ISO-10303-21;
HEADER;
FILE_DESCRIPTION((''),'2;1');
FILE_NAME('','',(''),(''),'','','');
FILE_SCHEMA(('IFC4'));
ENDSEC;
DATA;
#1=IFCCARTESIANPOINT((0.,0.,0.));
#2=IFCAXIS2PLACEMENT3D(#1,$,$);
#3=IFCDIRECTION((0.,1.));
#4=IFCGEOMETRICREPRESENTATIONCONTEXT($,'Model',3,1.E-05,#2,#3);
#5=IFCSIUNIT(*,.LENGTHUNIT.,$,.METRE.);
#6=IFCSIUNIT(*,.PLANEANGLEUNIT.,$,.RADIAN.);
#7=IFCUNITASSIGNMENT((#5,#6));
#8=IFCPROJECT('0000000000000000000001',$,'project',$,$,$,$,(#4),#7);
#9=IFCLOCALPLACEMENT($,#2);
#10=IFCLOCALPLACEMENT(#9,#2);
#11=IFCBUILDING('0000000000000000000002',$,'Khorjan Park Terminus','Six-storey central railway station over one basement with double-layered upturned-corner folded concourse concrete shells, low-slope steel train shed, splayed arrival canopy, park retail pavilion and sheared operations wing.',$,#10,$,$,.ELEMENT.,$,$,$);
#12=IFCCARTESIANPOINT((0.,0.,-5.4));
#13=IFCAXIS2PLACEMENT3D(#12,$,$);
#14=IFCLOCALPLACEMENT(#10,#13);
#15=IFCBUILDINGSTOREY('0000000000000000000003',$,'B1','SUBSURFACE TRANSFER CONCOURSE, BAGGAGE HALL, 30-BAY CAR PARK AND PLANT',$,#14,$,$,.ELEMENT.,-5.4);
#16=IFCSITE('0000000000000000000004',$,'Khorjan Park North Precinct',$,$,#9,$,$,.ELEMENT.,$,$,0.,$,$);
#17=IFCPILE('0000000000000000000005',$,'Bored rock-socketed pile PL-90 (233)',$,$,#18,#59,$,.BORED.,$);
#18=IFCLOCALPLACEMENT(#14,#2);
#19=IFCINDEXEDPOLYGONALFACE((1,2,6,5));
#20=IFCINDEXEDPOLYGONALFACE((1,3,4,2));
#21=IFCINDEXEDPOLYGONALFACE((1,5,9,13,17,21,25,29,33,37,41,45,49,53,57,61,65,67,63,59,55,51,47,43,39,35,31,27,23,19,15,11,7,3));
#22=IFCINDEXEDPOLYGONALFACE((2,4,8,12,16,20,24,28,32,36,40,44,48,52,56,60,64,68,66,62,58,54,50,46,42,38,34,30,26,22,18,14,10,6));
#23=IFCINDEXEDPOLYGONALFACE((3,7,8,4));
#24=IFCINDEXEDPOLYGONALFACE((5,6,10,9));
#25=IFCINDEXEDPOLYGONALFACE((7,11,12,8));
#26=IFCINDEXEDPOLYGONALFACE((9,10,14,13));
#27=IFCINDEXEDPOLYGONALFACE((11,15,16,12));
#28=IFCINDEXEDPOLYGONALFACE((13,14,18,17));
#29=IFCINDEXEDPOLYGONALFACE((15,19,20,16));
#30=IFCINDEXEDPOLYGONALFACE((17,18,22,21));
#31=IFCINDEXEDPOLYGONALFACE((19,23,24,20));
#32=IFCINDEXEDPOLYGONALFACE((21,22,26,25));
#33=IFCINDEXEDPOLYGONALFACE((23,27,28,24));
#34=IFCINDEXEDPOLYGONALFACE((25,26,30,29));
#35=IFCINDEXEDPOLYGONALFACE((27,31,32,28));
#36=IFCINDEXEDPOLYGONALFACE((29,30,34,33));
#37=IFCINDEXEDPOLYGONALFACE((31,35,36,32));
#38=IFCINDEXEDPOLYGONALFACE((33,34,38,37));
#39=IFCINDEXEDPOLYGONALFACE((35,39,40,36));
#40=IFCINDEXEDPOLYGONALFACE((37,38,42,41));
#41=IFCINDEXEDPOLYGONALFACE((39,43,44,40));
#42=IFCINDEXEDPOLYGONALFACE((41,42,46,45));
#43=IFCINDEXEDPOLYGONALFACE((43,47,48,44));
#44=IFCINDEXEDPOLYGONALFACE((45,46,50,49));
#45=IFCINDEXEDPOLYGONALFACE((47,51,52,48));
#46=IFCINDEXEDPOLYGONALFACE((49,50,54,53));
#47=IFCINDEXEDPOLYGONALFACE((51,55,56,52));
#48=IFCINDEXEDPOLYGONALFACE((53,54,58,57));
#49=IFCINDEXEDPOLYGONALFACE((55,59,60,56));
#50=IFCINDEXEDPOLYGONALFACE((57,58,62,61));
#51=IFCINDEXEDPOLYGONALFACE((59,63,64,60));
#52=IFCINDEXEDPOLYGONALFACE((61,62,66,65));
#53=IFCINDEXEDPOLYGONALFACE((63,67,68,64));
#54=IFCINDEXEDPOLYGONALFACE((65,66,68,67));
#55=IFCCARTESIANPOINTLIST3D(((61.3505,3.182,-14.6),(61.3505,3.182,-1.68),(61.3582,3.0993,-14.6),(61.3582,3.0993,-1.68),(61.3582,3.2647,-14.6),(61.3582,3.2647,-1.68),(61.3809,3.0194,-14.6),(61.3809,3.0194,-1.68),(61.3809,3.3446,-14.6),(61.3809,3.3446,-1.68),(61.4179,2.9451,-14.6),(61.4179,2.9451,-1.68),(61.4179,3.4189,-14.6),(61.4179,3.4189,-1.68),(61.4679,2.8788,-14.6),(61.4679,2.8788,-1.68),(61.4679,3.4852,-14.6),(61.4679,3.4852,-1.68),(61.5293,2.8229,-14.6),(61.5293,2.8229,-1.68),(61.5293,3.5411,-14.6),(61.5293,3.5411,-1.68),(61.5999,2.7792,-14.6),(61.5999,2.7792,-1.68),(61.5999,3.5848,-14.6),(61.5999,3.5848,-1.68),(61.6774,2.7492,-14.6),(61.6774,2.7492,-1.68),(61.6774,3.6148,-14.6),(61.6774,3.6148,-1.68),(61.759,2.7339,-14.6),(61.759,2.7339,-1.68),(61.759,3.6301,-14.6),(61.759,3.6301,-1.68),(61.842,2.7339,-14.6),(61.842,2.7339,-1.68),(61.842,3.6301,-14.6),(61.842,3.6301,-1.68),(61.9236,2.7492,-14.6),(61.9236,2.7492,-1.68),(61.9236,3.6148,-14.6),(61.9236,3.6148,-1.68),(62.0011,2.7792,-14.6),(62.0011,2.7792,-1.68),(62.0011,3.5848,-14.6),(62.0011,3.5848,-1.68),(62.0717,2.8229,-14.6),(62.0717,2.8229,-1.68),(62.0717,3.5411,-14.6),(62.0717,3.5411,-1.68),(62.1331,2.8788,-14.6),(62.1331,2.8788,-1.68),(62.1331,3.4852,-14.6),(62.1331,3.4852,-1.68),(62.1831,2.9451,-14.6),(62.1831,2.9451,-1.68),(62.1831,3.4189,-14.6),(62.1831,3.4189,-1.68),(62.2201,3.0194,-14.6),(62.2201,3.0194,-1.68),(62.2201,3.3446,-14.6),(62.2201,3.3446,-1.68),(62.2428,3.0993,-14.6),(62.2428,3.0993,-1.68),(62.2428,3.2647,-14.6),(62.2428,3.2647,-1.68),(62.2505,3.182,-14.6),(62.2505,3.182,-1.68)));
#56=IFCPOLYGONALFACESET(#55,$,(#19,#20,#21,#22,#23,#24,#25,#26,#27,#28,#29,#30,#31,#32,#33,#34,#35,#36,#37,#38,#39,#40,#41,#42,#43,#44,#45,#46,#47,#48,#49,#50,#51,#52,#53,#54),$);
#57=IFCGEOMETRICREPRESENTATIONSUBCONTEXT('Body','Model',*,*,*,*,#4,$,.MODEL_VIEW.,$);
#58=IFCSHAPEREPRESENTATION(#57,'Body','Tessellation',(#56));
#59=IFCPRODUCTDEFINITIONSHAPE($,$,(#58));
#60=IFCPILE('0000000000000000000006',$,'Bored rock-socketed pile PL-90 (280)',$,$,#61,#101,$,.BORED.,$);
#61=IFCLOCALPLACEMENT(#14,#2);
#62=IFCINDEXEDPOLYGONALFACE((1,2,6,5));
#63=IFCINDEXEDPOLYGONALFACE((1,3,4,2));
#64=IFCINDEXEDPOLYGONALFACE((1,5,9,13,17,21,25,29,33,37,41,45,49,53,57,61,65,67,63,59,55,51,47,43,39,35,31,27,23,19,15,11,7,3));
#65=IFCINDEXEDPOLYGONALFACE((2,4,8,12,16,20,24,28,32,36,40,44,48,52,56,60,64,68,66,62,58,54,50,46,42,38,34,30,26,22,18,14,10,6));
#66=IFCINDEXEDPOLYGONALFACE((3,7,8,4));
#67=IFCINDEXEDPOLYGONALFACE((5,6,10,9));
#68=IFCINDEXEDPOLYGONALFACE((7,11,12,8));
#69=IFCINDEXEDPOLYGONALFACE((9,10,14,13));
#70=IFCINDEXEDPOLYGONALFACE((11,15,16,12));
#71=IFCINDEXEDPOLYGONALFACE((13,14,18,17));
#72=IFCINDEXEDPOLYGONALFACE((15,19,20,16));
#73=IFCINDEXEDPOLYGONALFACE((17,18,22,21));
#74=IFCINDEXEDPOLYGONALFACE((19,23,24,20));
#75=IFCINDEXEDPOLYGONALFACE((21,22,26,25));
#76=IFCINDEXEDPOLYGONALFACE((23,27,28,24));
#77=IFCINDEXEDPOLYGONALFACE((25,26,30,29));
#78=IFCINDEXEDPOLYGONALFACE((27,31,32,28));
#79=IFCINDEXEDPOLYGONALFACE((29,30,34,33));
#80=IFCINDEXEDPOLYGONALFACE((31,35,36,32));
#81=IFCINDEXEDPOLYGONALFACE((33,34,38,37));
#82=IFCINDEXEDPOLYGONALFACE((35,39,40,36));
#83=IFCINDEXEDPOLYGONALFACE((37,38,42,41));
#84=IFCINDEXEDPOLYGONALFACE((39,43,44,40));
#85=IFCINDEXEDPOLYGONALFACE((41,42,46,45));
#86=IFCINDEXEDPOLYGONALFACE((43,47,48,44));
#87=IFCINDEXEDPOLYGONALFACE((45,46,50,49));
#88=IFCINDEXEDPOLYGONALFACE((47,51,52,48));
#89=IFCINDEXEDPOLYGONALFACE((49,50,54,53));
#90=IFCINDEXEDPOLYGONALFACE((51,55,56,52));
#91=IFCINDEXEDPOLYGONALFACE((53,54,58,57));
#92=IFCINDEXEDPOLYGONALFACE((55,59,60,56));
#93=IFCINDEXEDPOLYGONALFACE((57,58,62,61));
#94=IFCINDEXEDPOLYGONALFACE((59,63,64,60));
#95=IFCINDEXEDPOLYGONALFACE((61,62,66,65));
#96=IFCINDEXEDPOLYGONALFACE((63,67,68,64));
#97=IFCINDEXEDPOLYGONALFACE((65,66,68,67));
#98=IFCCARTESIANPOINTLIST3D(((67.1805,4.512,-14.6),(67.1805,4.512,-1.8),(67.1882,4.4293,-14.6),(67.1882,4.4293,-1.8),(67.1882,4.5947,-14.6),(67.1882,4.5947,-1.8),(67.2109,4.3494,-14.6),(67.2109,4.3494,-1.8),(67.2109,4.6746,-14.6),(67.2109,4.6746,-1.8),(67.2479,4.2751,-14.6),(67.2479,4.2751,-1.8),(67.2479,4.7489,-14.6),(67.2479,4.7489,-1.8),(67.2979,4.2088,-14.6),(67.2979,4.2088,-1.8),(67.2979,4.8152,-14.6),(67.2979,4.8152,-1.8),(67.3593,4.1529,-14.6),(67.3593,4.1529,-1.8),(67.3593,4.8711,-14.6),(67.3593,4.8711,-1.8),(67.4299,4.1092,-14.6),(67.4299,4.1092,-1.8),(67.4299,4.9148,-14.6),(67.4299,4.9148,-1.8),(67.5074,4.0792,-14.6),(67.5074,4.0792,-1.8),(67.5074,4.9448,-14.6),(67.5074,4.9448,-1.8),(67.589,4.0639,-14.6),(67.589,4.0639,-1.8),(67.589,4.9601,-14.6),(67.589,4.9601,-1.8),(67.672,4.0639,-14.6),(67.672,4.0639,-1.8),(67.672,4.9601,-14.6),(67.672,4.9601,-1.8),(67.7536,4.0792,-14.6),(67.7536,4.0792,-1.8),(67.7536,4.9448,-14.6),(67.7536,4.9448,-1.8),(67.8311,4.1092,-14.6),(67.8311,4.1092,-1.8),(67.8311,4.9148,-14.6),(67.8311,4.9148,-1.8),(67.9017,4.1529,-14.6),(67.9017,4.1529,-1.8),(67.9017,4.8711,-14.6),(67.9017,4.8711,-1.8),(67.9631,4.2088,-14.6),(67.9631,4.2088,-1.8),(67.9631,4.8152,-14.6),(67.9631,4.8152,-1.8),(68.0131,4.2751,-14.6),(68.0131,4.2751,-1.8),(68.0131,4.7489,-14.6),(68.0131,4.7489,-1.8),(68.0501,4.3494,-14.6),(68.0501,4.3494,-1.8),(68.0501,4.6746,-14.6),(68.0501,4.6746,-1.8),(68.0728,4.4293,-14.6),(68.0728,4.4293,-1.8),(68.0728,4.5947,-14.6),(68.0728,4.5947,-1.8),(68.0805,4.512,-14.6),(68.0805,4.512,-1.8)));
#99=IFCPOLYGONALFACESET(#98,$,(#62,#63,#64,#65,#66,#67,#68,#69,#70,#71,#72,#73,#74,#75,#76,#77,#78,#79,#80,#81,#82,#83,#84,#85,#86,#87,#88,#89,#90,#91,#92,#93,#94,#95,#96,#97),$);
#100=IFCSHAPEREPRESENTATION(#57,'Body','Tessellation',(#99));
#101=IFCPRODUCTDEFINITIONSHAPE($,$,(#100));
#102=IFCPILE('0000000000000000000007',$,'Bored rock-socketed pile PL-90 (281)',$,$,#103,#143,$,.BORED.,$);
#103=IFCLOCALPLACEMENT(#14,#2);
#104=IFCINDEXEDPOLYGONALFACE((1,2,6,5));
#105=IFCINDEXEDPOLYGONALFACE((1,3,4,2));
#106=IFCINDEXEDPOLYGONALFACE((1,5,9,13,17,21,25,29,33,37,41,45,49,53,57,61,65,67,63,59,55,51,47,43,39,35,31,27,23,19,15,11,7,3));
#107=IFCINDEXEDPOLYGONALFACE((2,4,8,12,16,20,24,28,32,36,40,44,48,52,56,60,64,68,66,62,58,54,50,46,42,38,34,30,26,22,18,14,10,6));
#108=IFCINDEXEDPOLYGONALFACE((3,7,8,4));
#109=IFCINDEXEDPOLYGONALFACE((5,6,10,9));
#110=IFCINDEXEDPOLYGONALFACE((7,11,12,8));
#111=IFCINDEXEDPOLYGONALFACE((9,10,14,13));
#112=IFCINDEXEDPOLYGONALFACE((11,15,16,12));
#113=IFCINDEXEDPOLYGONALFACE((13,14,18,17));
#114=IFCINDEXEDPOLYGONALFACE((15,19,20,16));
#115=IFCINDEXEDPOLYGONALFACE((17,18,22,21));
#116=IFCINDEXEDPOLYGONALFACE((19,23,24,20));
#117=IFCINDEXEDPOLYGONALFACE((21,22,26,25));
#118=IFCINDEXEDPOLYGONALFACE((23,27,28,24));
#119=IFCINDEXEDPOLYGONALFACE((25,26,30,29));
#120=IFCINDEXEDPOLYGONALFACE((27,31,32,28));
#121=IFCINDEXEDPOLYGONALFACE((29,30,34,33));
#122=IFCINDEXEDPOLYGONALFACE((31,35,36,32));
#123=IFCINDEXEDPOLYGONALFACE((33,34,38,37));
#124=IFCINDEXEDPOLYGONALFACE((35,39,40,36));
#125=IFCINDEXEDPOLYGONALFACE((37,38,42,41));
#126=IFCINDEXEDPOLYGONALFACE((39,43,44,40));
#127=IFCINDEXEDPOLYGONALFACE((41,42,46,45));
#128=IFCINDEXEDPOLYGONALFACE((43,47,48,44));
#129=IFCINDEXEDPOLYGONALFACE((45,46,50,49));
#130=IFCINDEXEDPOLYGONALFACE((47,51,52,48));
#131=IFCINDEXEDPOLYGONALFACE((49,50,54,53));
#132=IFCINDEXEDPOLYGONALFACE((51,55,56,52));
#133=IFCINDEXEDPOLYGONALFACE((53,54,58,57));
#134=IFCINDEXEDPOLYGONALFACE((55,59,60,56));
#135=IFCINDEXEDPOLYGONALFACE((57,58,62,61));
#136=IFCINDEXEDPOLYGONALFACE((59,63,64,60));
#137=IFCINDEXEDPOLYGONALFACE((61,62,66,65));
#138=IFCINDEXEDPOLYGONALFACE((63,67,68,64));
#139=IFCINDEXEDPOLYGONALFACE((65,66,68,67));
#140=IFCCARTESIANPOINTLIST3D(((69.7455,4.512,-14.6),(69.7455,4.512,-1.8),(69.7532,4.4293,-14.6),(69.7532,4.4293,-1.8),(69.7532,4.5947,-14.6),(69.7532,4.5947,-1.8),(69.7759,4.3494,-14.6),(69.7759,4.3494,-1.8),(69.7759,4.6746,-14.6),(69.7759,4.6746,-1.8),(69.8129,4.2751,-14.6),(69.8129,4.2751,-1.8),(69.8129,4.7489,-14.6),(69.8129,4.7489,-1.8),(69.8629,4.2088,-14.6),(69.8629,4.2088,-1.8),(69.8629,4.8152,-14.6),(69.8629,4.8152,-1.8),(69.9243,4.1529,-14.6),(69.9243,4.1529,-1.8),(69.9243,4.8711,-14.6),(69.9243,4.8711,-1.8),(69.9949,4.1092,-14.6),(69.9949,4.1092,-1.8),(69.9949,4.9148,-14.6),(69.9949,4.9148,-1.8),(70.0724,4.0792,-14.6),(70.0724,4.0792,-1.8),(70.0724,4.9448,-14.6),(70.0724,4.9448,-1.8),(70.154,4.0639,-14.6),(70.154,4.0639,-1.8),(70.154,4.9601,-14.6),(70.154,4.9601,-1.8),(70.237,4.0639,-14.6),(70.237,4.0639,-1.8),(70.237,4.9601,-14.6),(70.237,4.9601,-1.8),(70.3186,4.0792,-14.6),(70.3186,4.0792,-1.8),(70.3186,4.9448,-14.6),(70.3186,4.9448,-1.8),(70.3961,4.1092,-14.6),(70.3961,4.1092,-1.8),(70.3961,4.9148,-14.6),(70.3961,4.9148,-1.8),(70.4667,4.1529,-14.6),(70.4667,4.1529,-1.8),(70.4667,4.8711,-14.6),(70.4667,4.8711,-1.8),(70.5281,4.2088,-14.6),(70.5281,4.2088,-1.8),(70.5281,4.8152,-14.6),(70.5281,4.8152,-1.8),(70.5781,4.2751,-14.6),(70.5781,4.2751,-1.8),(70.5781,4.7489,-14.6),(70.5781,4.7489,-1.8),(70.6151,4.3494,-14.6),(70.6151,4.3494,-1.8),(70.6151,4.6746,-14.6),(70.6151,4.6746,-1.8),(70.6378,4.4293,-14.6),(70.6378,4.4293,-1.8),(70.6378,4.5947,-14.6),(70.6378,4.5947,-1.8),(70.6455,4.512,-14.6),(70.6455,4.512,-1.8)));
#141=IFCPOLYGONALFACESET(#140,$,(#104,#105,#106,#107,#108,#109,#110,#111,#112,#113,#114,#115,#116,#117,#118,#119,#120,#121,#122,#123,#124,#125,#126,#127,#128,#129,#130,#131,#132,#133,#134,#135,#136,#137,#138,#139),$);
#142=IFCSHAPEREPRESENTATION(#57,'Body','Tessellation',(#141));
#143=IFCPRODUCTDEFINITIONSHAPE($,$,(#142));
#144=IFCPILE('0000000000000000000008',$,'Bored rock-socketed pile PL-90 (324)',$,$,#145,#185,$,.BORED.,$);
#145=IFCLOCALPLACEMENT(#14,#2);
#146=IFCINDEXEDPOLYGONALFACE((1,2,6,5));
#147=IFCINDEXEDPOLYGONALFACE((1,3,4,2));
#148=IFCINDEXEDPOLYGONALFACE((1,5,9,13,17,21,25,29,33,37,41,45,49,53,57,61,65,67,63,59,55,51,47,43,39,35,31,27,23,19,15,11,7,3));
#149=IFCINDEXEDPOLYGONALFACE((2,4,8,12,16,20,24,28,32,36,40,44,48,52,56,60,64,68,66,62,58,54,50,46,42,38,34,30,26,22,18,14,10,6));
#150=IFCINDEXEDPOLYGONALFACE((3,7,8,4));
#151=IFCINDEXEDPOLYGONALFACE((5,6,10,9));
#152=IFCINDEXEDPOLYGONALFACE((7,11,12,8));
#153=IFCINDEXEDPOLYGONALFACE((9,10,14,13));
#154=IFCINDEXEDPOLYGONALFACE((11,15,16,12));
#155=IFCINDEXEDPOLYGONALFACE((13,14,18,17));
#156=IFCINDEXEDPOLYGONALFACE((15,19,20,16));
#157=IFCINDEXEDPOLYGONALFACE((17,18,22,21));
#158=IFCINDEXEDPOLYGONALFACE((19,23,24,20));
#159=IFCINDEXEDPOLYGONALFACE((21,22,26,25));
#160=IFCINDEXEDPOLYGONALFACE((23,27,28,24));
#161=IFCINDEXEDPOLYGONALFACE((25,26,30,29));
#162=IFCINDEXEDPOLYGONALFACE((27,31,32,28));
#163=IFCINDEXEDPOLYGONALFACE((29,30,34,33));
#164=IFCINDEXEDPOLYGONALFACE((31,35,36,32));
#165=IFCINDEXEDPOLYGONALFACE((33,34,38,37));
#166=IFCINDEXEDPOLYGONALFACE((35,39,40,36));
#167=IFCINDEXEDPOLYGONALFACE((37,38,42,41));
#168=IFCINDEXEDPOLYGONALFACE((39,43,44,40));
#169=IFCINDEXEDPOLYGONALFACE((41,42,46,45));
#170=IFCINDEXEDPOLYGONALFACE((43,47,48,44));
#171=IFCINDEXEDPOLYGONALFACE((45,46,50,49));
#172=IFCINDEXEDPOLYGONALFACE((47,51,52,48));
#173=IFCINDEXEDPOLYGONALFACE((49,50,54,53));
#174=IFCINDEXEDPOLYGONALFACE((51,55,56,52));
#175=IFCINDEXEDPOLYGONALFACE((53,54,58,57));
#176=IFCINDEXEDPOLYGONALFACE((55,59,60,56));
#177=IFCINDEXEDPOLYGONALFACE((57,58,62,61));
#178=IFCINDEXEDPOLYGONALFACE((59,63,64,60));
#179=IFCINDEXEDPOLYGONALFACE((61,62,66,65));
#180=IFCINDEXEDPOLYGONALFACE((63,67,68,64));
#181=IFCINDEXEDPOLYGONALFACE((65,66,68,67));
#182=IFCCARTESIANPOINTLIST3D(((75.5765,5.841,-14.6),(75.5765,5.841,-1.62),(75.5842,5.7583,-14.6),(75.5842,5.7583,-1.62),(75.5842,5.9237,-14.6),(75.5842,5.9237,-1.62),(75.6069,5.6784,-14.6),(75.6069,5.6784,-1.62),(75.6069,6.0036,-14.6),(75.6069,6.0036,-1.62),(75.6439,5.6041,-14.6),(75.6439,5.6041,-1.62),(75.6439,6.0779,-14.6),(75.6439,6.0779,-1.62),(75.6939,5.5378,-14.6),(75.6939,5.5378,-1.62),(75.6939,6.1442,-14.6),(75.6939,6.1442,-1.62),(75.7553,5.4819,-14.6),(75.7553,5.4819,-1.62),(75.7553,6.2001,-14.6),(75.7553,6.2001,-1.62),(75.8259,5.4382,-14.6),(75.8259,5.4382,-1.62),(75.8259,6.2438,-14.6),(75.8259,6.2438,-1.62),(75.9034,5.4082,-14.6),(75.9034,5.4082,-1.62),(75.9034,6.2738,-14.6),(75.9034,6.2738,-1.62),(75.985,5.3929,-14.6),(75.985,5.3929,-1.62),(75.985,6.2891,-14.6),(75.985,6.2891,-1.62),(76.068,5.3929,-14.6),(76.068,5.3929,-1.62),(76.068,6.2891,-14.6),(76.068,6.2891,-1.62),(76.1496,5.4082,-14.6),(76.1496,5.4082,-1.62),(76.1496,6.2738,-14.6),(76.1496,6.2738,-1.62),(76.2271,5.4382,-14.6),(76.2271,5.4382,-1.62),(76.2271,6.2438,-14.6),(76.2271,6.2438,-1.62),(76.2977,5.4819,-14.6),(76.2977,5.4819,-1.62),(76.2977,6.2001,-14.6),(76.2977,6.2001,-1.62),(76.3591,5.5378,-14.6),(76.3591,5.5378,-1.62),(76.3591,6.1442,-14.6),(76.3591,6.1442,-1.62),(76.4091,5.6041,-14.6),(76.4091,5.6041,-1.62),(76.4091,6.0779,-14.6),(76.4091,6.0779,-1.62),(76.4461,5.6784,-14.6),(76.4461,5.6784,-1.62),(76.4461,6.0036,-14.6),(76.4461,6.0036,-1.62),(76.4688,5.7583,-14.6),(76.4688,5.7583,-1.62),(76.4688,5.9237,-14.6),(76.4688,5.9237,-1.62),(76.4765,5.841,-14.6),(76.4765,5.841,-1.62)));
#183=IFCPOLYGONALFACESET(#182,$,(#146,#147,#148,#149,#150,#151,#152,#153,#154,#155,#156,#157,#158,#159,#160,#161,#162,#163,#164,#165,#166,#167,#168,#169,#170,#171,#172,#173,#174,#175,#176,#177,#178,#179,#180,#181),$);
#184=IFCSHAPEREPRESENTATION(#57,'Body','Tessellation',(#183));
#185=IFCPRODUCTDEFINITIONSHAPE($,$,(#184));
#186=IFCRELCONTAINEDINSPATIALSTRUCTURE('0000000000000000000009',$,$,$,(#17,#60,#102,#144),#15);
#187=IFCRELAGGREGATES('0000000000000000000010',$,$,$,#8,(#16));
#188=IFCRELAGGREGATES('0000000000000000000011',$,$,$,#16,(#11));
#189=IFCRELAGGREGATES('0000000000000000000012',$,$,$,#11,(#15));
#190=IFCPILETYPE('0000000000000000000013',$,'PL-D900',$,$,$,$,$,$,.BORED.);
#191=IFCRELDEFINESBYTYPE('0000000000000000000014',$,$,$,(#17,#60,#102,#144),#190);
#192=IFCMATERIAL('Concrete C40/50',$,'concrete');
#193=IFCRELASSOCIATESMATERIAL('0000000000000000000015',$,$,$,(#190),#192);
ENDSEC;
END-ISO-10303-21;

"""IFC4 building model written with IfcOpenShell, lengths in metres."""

from ifc_helpers import new_model, si_unit, direction, frame, origin, origin_2d, place, context, subcontext, project, spatial, circle, extrude, material, material_profile, profile_set, type_object, element, save


model = new_model("IFC4")

# Units and contexts
model_context = context("Model", 3, precision=1e-05, world=origin(), true_north=direction((0.0, 1.0)))
body_context = subcontext(model_context, "Body", "Model", "MODEL_VIEW")
ifc_project = project(units=[si_unit("LENGTHUNIT", "METRE"), si_unit("PLANEANGLEUNIT", "RADIAN")], contexts=[model_context])

# Site, building, storey
site_placement = place(None, origin())
site = spatial("IfcSite", under=ifc_project, at=site_placement, Name="Khorjan Park North Precinct", CompositionType="ELEMENT", RefElevation=0.0)
building_placement = place(site_placement, origin())
building = spatial("IfcBuilding", under=site, at=building_placement, Name="Khorjan Park Terminus", Description="Six-storey central railway station over one basement with double-layered upturned-corner folded concourse concrete shells, low-slope steel train shed, splayed arrival canopy, park retail pavilion and sheared operations wing.", CompositionType="ELEMENT")
storey_placement = place(building_placement, frame((0.0, 0.0, -5.4)))
storey = spatial("IfcBuildingStorey", under=building, at=storey_placement, Name="B1", Description="SUBSURFACE TRANSFER CONCOURSE, BAGGAGE HALL, 30-BAY CAR PARK AND PLANT", CompositionType="ELEMENT", Elevation=-5.4)

# Shared definitions
ifc_material_1 = material(Name="Concrete C40/50", Category="concrete")

# Piles
ifc_material_profile_1 = material_profile(ifc_material_1, circle(Radius=0.45, at=origin_2d()), Name="BORED D900")
ifc_profile_set_1 = profile_set([ifc_material_profile_1], Name="Concrete C40/50")
pile_type_1 = type_object("IfcPileType", Name="PL-D900", PredefinedType="BORED", material=ifc_profile_set_1)
for number, where, z_axis, x_axis, name in (
    (1, (61.8005, 3.182, -1.68), (0.0, 0.0, -1.0), (1.0, 0.0, 0.0), "Bored rock-socketed pile PL-90 (233)"),
):
    element("IfcPile", number, at=place(storey_placement, frame(where, z_axis=z_axis, x_axis=x_axis)), inside=storey, type_object=pile_type_1, Name=name, PredefinedType="BORED", context=body_context, shape_type="SweptSolid", body=[
        extrude(circle(Radius=0.45, at=origin_2d()), origin(), (0.0, 0.0, 1.0), 12.92),
    ])
for number, where, z_axis, x_axis, name in (
    (2, (67.6305, 4.512, -1.8), (0.0, 0.0, -1.0), (1.0, 0.0, 0.0), "Bored rock-socketed pile PL-90 (280)"),
    (3, (70.1955, 4.512, -1.8), (0.0, 0.0, -1.0), (1.0, 0.0, 0.0), "Bored rock-socketed pile PL-90 (281)"),
):
    element("IfcPile", number, at=place(storey_placement, frame(where, z_axis=z_axis, x_axis=x_axis)), inside=storey, type_object=pile_type_1, Name=name, PredefinedType="BORED", context=body_context, shape_type="SweptSolid", body=[
        extrude(circle(Radius=0.45, at=origin_2d()), origin(), (0.0, 0.0, 1.0), 12.8),
    ])
for number, where, z_axis, x_axis, name in (
    (4, (76.0265, 5.841, -1.62), (0.0, 0.0, -1.0), (1.0, 0.0, 0.0), "Bored rock-socketed pile PL-90 (324)"),
):
    element("IfcPile", number, at=place(storey_placement, frame(where, z_axis=z_axis, x_axis=x_axis)), inside=storey, type_object=pile_type_1, Name=name, PredefinedType="BORED", context=body_context, shape_type="SweptSolid", body=[
        extrude(circle(Radius=0.45, at=origin_2d()), origin(), (0.0, 0.0, 1.0), 12.98),
    ])

save(model, "model.ifc")
